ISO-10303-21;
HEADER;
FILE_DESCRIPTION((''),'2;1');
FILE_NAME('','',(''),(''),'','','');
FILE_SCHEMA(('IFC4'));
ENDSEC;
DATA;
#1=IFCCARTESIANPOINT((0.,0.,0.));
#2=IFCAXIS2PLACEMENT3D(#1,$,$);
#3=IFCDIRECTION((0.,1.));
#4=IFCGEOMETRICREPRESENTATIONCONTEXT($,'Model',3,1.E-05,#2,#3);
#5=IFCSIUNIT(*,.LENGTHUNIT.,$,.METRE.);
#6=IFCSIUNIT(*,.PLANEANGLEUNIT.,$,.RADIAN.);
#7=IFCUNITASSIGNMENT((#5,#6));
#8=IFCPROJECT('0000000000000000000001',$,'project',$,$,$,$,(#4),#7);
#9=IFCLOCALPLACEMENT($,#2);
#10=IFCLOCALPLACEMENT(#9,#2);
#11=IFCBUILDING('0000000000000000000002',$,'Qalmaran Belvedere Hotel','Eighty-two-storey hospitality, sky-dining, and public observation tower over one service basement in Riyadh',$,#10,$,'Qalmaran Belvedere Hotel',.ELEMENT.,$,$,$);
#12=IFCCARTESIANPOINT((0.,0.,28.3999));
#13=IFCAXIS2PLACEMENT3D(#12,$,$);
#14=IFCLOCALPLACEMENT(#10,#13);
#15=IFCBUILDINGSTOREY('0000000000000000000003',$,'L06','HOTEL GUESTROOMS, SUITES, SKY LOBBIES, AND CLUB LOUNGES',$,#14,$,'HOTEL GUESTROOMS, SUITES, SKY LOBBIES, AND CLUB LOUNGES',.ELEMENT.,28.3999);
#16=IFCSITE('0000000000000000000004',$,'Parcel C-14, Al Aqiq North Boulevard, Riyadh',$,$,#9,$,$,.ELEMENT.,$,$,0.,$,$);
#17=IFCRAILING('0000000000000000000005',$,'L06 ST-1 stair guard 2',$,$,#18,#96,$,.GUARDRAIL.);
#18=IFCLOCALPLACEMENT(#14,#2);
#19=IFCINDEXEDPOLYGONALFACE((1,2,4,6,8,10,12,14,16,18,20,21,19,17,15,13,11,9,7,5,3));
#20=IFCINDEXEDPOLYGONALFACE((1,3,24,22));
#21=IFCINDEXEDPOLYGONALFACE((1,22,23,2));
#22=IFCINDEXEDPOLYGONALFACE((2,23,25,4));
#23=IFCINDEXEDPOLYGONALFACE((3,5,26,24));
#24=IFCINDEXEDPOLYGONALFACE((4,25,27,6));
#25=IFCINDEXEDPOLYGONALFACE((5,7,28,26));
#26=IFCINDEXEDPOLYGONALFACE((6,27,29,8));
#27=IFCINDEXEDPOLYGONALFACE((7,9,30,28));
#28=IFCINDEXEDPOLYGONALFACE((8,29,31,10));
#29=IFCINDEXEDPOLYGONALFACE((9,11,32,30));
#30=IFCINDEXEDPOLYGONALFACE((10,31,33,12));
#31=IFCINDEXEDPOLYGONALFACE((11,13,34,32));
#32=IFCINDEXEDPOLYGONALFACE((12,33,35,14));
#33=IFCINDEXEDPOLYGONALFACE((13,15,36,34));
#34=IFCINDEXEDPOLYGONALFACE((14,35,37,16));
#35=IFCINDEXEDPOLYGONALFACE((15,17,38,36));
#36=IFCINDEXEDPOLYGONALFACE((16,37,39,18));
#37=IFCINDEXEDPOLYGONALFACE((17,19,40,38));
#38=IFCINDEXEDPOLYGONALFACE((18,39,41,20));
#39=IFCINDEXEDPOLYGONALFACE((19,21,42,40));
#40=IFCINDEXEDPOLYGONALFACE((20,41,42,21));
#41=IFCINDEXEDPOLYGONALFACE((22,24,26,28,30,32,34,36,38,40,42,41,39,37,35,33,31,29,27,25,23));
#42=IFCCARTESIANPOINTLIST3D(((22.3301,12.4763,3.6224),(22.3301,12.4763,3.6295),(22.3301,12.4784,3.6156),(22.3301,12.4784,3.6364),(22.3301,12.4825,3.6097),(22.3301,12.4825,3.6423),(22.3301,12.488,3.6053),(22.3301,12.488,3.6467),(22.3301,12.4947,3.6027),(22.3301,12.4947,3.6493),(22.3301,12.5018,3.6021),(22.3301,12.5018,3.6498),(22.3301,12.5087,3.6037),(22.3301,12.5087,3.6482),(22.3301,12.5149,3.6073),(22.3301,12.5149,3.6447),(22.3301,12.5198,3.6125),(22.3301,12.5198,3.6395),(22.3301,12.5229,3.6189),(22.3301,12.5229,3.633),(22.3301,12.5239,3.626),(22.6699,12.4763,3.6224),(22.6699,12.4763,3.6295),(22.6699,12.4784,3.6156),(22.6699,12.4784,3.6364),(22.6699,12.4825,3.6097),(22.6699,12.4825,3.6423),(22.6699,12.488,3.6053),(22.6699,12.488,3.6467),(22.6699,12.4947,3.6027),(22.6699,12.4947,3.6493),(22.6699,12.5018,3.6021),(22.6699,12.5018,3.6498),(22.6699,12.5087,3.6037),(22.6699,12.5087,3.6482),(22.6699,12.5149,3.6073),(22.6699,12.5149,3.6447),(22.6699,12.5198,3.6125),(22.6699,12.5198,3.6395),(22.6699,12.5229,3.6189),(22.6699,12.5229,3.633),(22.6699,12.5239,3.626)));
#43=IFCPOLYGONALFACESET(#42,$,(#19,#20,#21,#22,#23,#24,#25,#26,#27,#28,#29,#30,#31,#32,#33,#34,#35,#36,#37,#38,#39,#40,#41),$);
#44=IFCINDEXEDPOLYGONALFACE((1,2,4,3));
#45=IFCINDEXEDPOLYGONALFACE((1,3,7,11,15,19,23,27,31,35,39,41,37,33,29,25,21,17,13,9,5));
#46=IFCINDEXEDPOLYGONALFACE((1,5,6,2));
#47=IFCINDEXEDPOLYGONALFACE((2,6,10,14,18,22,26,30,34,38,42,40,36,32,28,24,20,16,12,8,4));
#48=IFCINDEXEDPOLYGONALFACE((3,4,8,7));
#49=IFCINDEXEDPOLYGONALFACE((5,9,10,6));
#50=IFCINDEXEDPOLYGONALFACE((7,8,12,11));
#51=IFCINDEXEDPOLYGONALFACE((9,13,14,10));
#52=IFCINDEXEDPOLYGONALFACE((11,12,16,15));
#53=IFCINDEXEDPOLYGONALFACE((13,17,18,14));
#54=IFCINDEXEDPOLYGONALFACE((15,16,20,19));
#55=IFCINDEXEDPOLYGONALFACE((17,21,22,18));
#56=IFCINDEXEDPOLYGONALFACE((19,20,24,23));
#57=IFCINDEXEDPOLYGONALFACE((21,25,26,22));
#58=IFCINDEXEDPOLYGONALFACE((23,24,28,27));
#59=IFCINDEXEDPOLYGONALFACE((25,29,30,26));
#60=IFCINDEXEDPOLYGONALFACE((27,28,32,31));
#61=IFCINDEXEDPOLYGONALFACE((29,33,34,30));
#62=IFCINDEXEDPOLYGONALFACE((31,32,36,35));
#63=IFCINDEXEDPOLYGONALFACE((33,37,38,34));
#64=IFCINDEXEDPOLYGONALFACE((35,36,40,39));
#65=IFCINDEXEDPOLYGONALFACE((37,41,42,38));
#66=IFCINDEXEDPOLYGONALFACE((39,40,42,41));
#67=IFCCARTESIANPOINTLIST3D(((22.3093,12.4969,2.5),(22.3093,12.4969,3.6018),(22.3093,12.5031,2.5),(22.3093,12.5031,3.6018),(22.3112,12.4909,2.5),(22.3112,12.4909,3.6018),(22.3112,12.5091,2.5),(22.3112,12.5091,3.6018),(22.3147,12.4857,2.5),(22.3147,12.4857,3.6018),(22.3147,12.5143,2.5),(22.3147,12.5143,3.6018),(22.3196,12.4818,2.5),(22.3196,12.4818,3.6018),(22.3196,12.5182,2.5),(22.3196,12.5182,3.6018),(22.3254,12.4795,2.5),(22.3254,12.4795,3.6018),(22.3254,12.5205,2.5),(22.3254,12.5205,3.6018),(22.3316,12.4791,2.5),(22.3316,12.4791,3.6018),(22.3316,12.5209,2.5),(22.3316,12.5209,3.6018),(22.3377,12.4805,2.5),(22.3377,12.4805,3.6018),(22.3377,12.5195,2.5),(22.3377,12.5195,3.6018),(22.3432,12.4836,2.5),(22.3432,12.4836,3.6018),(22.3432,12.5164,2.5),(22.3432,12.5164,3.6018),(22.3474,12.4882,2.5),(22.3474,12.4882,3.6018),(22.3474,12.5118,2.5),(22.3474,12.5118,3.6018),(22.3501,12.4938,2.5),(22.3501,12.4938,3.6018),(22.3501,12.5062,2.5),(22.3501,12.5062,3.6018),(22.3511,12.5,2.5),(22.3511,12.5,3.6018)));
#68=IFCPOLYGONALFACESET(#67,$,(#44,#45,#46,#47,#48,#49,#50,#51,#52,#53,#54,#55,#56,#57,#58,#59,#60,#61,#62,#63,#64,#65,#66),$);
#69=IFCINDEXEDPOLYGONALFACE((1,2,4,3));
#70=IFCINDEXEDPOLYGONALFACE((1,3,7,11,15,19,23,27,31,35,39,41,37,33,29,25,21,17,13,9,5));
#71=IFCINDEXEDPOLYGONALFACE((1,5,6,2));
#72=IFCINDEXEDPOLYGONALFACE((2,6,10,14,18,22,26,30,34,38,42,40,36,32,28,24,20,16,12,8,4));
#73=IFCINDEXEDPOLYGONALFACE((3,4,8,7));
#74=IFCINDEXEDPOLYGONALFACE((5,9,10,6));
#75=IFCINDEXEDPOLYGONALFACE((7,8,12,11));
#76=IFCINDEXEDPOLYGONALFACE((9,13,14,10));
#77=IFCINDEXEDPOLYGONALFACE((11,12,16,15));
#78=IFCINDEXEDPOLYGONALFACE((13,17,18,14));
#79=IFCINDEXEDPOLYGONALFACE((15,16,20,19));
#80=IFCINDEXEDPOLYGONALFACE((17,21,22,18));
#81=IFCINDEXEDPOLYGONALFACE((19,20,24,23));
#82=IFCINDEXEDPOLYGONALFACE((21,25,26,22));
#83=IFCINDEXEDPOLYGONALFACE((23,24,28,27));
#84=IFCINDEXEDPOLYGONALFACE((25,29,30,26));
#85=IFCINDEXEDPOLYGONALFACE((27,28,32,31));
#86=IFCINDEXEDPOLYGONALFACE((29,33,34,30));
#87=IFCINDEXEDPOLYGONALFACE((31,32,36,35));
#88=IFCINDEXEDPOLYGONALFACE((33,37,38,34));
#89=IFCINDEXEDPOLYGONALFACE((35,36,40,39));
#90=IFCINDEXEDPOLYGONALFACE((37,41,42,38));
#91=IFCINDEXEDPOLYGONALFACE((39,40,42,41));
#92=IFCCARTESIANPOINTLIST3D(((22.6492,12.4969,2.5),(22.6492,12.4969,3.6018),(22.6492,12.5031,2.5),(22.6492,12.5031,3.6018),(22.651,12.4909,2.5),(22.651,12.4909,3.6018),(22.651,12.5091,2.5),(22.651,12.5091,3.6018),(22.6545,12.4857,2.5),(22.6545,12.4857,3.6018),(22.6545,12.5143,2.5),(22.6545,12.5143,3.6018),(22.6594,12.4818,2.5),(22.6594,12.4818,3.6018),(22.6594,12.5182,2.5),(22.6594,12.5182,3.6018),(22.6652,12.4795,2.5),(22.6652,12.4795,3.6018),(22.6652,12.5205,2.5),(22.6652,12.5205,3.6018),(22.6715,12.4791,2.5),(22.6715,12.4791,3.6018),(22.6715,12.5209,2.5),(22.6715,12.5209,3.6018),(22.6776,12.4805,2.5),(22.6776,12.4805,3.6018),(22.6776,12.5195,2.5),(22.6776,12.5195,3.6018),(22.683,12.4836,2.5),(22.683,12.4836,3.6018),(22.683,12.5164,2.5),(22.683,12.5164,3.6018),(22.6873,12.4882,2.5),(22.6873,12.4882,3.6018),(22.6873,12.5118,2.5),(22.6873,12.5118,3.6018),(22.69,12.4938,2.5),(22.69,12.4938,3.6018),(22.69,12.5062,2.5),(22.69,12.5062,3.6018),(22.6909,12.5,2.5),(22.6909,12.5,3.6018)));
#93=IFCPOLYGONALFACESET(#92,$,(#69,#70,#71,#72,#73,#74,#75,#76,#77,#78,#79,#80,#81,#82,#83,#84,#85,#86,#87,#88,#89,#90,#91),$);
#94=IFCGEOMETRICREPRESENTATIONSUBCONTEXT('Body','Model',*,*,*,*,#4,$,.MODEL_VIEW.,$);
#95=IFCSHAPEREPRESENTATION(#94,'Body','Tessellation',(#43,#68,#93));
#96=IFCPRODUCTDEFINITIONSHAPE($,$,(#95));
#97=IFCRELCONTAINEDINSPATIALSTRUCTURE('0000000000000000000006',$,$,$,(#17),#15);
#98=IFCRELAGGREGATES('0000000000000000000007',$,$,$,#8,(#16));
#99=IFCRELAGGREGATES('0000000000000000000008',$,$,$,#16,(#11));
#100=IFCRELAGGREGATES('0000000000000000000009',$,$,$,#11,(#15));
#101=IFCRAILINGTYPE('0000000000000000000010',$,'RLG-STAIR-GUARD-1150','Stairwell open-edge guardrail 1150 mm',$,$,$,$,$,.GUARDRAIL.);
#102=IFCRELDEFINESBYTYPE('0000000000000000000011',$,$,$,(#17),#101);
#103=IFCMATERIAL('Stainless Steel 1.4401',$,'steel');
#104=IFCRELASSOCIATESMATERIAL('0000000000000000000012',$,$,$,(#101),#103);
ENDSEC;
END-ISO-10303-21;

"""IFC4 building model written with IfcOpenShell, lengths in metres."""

from ifc_helpers import new_model, si_unit, direction, frame, origin, origin_2d, place, context, subcontext, project, spatial, circle, extrude, material, type_object, element, save


model = new_model("IFC4")

# Units and contexts
model_context = context("Model", 3, precision=1e-05, world=origin(), true_north=direction((0.0, 1.0)))
body_context = subcontext(model_context, "Body", "Model", "MODEL_VIEW")
ifc_project = project(units=[si_unit("LENGTHUNIT", "METRE"), si_unit("PLANEANGLEUNIT", "RADIAN")], contexts=[model_context])

# Site, building, storey
site_placement = place(None, origin())
site = spatial("IfcSite", under=ifc_project, at=site_placement, Name="Parcel C-14, Al Aqiq North Boulevard, Riyadh", CompositionType="ELEMENT", RefElevation=0.0)
building_placement = place(site_placement, origin())
building = spatial("IfcBuilding", under=site, at=building_placement, Name="Qalmaran Belvedere Hotel", Description="Eighty-two-storey hospitality, sky-dining, and public observation tower over one service basement in Riyadh", LongName="Qalmaran Belvedere Hotel", CompositionType="ELEMENT")
storey_placement = place(building_placement, frame((0.0, 0.0, 28.3999)))
storey = spatial("IfcBuildingStorey", under=building, at=storey_placement, Name="L06", Description="HOTEL GUESTROOMS, SUITES, SKY LOBBIES, AND CLUB LOUNGES", LongName="HOTEL GUESTROOMS, SUITES, SKY LOBBIES, AND CLUB LOUNGES", CompositionType="ELEMENT", Elevation=28.3999)

# Shared definitions
ifc_material_1 = material(Name="Stainless Steel 1.4401", Category="steel")

# Railing
railing_type_1 = type_object("IfcRailingType", Name="RLG-STAIR-GUARD-1150", Description="Stairwell open-edge guardrail 1150 mm", PredefinedType="GUARDRAIL", material=ifc_material_1)
railing_1_placement = place(storey_placement, frame((22.3301, 12.5, 2.5)))
element("IfcRailing", 1, at=railing_1_placement, inside=storey, type_object=railing_type_1, Name="L06 ST-1 stair guard 2", PredefinedType="GUARDRAIL", context=body_context, shape_type="SweptSolid", body=[
    extrude(circle(Radius=0.0239, at=origin_2d()), frame((0.0, 0.0, 1.126), z_axis=(1.0, 0.0, 0.0), x_axis=(0.0, 1.0, 0.0)), (0.0, 0.0, 1.0), 0.3398),
    extrude(circle(Radius=0.021, at=origin_2d()), origin(), (0.0, 0.0, 1.0), 1.1018),
    extrude(circle(Radius=0.021, at=origin_2d()), frame((0.3398, 0.0, 0.0)), (0.0, 0.0, 1.0), 1.1018),
])

save(model, "model.ifc")
